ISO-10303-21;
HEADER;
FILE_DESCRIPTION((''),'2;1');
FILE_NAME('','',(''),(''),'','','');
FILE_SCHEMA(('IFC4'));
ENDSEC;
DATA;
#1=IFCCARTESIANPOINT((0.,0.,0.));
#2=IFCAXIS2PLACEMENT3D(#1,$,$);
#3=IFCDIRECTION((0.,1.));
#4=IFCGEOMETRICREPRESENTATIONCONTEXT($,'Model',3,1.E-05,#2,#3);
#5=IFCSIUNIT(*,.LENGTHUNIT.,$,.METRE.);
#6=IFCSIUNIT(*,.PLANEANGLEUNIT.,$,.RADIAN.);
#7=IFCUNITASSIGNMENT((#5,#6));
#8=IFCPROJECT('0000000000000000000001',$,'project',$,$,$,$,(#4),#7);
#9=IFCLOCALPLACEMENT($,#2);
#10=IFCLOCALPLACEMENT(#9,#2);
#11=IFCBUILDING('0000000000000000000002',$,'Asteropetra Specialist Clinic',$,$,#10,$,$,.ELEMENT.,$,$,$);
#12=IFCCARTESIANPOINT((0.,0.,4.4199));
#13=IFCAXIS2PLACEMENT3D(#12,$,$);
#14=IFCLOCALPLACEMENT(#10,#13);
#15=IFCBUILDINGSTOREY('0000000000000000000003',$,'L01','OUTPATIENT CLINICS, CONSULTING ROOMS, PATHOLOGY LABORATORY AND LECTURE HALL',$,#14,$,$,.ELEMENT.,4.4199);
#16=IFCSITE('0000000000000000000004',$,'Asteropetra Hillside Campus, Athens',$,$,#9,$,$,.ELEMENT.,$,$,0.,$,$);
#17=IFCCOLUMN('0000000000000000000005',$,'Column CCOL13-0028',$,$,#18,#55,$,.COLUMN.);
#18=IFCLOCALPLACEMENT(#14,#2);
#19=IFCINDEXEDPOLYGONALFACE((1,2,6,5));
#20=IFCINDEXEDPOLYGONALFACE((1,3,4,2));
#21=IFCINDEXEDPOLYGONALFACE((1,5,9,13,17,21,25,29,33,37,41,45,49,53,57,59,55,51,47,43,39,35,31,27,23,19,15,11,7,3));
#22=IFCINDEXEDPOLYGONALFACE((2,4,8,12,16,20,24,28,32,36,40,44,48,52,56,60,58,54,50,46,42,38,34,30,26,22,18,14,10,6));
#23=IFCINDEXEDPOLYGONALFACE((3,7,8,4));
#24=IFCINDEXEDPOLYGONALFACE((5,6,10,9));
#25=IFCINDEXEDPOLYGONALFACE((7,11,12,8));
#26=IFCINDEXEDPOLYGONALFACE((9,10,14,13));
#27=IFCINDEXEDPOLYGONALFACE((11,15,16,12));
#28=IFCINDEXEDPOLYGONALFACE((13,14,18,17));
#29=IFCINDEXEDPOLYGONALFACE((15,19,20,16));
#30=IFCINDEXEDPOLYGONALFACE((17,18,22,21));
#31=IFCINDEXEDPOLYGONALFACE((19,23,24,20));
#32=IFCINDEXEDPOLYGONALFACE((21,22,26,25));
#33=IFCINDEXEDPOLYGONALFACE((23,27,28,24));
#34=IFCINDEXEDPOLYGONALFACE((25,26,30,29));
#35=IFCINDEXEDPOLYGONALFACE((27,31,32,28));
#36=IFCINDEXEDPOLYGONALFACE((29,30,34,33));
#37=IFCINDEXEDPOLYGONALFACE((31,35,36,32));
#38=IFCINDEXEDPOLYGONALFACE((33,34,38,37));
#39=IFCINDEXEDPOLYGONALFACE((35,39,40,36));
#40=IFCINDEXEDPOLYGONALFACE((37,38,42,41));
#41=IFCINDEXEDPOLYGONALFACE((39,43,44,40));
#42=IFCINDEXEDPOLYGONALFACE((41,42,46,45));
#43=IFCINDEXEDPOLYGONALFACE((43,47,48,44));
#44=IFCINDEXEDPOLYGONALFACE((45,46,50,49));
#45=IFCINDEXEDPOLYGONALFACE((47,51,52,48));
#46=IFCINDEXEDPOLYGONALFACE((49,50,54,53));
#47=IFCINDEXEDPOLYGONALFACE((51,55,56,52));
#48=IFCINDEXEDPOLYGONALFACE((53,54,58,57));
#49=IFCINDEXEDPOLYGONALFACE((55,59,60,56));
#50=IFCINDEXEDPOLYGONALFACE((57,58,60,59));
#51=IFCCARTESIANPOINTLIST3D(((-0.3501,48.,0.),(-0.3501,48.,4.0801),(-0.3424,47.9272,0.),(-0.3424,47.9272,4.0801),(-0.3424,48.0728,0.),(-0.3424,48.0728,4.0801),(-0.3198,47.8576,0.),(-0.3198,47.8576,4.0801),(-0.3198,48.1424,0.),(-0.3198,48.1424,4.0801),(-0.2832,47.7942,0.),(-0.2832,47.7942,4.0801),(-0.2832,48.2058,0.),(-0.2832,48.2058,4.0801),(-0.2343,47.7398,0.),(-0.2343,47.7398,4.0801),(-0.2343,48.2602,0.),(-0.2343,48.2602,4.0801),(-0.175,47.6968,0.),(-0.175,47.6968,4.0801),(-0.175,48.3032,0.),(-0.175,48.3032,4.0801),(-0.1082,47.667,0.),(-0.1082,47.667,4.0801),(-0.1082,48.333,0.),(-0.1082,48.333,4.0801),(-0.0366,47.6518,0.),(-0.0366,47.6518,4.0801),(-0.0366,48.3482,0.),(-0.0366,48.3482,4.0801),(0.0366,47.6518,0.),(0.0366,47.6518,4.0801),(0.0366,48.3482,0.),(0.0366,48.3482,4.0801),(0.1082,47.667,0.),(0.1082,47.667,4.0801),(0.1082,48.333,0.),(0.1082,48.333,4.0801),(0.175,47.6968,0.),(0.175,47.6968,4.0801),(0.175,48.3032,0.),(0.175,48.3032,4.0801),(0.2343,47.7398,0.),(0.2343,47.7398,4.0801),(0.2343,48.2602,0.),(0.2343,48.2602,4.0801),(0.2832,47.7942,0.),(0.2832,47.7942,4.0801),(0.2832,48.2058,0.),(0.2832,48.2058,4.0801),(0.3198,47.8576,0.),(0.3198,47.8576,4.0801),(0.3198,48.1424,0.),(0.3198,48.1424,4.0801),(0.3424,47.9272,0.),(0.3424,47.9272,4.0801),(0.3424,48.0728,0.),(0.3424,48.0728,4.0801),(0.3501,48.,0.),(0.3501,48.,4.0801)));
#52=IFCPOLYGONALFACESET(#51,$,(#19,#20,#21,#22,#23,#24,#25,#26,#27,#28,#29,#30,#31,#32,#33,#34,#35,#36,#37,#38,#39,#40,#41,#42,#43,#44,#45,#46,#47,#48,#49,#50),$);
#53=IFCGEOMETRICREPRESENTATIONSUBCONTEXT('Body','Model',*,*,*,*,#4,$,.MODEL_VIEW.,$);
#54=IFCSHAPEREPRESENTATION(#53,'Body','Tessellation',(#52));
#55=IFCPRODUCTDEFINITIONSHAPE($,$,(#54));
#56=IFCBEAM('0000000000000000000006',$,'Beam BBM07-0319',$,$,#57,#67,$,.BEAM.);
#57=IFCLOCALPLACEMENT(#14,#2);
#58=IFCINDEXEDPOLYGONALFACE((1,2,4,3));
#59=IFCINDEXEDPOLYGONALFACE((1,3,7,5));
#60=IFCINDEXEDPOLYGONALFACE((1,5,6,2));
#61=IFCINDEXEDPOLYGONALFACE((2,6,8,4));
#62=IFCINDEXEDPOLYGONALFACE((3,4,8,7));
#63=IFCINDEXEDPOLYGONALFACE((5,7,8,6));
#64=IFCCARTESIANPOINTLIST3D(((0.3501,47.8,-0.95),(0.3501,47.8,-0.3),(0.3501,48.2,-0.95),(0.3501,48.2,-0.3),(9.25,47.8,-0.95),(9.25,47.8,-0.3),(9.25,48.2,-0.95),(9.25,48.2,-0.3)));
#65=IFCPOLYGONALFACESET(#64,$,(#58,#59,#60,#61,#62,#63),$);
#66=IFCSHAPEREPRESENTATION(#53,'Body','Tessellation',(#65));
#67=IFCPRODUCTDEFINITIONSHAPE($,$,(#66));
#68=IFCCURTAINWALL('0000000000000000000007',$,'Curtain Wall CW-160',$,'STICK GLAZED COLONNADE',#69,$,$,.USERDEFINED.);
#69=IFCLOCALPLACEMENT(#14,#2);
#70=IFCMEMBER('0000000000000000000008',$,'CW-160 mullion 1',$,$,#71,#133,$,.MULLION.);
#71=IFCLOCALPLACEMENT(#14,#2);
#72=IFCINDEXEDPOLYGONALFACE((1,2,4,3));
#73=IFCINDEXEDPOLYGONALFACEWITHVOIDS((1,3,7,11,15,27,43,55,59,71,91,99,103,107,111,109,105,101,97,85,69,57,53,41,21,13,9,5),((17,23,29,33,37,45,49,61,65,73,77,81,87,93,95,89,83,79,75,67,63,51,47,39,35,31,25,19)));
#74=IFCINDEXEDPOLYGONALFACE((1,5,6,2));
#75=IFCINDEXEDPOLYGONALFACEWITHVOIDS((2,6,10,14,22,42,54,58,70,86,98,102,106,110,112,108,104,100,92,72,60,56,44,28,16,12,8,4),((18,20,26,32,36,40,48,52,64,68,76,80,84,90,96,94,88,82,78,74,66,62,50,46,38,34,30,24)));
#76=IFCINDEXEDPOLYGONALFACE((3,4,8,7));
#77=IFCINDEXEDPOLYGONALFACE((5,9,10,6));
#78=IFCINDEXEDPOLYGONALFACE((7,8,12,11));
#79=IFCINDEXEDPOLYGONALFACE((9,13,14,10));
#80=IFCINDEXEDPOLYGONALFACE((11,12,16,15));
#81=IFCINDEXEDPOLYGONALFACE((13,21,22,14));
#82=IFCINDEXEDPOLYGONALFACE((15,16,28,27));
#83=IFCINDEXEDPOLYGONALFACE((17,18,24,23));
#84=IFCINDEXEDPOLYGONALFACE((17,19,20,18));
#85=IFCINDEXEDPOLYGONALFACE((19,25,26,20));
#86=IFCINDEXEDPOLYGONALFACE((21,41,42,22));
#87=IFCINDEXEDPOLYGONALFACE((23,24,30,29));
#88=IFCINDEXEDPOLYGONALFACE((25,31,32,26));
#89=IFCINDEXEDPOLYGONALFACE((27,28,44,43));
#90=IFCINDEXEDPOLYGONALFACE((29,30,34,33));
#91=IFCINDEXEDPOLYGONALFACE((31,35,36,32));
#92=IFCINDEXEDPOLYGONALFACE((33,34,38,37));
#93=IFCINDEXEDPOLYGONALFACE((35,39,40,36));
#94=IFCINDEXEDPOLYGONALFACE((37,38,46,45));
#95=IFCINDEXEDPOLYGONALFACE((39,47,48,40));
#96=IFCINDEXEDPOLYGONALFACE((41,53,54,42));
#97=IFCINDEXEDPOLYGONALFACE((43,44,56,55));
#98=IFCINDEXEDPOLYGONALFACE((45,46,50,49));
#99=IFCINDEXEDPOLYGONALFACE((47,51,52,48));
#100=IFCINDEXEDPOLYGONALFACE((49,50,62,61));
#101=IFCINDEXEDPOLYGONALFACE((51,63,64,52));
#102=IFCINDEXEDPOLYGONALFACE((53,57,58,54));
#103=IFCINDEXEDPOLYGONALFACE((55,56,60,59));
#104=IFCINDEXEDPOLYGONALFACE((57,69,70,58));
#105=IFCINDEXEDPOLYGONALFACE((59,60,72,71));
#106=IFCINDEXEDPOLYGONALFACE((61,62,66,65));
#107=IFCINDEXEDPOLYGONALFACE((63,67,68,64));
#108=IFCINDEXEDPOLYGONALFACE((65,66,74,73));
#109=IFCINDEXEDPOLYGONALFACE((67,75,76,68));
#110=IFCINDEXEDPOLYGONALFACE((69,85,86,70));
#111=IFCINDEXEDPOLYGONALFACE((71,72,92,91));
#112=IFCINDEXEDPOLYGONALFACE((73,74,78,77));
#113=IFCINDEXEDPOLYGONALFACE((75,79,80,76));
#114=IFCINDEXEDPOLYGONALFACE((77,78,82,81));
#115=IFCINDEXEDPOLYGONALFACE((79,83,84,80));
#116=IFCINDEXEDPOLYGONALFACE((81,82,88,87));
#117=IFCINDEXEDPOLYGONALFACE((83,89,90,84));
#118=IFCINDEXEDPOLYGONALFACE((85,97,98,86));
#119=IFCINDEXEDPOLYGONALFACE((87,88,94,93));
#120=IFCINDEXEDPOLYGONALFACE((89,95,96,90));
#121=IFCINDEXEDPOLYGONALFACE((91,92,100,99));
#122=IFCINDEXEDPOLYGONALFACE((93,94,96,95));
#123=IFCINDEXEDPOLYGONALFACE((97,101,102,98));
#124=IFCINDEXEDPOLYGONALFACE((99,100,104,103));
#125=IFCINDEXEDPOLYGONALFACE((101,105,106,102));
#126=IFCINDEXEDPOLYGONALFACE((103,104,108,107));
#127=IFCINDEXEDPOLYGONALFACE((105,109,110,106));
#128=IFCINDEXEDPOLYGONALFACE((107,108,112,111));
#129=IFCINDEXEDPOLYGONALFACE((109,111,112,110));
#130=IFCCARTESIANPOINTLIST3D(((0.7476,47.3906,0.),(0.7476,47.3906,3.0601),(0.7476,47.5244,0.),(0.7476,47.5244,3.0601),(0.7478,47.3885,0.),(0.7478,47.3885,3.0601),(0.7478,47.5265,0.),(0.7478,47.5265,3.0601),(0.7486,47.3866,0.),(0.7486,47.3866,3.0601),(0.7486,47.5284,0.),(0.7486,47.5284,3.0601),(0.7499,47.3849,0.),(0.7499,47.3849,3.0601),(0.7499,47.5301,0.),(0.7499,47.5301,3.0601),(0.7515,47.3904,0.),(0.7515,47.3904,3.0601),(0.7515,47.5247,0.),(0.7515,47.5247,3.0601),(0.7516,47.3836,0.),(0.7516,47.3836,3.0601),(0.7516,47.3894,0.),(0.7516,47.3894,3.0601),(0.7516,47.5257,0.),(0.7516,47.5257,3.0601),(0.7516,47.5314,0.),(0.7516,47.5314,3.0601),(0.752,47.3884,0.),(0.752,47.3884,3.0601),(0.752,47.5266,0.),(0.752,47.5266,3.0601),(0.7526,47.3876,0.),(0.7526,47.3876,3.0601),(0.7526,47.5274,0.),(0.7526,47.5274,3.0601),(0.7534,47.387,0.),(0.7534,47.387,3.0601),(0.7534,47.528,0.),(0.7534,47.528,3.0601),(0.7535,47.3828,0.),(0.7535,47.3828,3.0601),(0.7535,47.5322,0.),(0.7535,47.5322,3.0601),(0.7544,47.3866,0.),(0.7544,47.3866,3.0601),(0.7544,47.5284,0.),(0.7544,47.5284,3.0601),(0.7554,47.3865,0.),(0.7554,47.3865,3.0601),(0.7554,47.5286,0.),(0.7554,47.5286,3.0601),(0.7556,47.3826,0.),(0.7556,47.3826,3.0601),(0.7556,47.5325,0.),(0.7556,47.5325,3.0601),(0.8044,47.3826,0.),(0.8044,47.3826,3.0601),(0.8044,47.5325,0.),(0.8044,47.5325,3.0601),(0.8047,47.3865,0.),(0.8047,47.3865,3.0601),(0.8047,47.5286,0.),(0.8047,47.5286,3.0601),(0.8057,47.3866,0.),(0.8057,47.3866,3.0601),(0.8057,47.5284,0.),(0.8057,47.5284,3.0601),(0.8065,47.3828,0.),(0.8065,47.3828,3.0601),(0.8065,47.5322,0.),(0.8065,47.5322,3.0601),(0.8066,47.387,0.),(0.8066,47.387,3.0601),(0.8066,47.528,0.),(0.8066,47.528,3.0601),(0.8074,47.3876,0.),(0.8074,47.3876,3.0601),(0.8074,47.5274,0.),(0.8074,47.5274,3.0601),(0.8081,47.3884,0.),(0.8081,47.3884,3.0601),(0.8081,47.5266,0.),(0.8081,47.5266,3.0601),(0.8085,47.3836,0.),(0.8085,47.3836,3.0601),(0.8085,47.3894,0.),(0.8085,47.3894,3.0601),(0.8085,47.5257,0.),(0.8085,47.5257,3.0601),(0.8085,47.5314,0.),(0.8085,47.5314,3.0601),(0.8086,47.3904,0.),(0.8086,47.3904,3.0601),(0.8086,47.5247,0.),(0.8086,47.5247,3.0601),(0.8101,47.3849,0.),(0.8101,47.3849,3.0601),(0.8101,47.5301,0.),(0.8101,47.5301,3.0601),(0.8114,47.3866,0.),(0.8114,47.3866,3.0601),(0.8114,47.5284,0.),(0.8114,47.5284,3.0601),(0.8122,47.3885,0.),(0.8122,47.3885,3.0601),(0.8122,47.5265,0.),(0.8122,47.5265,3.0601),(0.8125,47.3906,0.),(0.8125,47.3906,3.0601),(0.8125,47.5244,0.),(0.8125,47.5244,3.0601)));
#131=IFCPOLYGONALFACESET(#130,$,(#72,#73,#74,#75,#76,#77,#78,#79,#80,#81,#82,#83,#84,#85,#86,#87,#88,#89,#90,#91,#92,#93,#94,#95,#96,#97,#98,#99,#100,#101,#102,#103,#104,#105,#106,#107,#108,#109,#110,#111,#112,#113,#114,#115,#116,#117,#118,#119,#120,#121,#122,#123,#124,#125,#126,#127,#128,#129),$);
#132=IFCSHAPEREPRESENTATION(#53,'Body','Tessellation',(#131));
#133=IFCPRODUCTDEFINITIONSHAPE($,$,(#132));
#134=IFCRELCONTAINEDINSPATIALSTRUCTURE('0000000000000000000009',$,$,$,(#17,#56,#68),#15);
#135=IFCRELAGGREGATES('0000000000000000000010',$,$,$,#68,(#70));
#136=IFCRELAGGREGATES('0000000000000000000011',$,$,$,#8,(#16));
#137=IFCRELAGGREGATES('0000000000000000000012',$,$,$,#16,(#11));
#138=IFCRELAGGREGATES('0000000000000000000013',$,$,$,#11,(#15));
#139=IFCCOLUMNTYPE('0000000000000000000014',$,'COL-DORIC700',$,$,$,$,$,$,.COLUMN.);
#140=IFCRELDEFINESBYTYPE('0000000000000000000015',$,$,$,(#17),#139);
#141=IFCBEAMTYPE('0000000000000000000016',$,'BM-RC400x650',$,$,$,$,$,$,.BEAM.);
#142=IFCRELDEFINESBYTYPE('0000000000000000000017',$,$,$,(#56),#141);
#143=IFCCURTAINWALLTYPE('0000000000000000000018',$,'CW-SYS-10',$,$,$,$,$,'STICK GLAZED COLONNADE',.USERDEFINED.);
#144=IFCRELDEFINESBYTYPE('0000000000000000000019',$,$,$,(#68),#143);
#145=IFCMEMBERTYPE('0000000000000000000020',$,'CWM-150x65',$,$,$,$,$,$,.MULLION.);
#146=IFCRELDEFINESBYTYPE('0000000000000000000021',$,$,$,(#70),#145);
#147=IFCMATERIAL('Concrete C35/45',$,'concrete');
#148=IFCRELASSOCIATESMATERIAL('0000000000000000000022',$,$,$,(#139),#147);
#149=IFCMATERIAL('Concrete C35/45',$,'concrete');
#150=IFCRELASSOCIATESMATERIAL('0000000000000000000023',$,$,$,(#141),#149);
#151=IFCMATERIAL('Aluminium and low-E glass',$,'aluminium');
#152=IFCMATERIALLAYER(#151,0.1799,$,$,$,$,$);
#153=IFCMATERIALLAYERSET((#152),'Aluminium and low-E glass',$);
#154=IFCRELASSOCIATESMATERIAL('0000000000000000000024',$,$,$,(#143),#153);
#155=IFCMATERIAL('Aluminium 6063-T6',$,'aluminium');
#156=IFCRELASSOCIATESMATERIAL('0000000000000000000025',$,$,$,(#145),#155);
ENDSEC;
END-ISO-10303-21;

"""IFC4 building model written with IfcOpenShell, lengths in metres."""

from ifc_helpers import new_model, si_unit, direction, frame, origin, origin_2d, place, context, subcontext, project, spatial, rectangle, hollow_rectangle, circle, extrude, material, layer, layer_set, material_profile, profile_set, type_object, element, aggregate, save


model = new_model("IFC4")

# Units and contexts
model_context = context("Model", 3, precision=1e-05, world=origin(), true_north=direction((0.0, 1.0)))
body_context = subcontext(model_context, "Body", "Model", "MODEL_VIEW")
ifc_project = project(units=[si_unit("LENGTHUNIT", "METRE"), si_unit("PLANEANGLEUNIT", "RADIAN")], contexts=[model_context])

# Site, building, storey
site_placement = place(None, origin())
site = spatial("IfcSite", under=ifc_project, at=site_placement, Name="Asteropetra Hillside Campus, Athens", CompositionType="ELEMENT", RefElevation=0.0)
building_placement = place(site_placement, origin())
building = spatial("IfcBuilding", under=site, at=building_placement, Name="Asteropetra Specialist Clinic", CompositionType="ELEMENT")
storey_placement = place(building_placement, frame((0.0, 0.0, 4.4199)))
storey = spatial("IfcBuildingStorey", under=building, at=storey_placement, Name="L01", Description="OUTPATIENT CLINICS, CONSULTING ROOMS, PATHOLOGY LABORATORY AND LECTURE HALL", CompositionType="ELEMENT", Elevation=4.4199)

# Column
ifc_material_1 = material(Name="Concrete C35/45", Category="concrete")
ifc_material_profile_1 = material_profile(ifc_material_1, circle(Radius=0.3501, at=origin_2d()), Name="RCC D700")
ifc_profile_set_1 = profile_set([ifc_material_profile_1], Name="Concrete C35/45")
column_type = type_object("IfcColumnType", Name="COL-DORIC700", PredefinedType="COLUMN", material=ifc_profile_set_1)
column_placement = place(storey_placement, frame((0.0, 48.0, 0.0), z_axis=(0.0, 0.0, 1.0), x_axis=(1.0, 0.0, 0.0)))
element("IfcColumn", 1, at=column_placement, inside=storey, type_object=column_type, Name="Column CCOL13-0028", PredefinedType="COLUMN", context=body_context, shape_type="SweptSolid", body=[
    extrude(circle(Radius=0.3501, at=origin_2d()), origin(), (0.0, 0.0, 1.0), 4.0801),
])

# Beam
ifc_material_2 = material(Name="Concrete C35/45", Category="concrete")
ifc_material_profile_2 = material_profile(ifc_material_2, rectangle(XDim=0.3999, YDim=0.6499, at=origin_2d()), Name="RCB 400x650")
ifc_profile_set_2 = profile_set([ifc_material_profile_2], Name="Concrete C35/45")
beam_type_1 = type_object("IfcBeamType", Name="BM-RC400x650", PredefinedType="BEAM", material=ifc_profile_set_2)
beam_1_placement = place(storey_placement, frame((0.3501, 48.0, -0.625), z_axis=(1.0, 0.0, 0.0), x_axis=(0.0, 1.0, 0.0)))
element("IfcBeam", 2, at=beam_1_placement, inside=storey, type_object=beam_type_1, Name="Beam BBM07-0319", PredefinedType="BEAM", context=body_context, shape_type="SweptSolid", body=[
    extrude(rectangle(XDim=0.3999, YDim=0.6499, at=origin_2d()), origin(), (0.0, 0.0, 1.0), 8.8999),
])

# Curtain wall, member
ifc_material_3 = material(Name="Aluminium and low-E glass", Category="aluminium")
ifc_layer_1 = layer(ifc_material_3, 0.1799)
ifc_layer_set_1 = layer_set([ifc_layer_1], Name="Aluminium and low-E glass")
curtain_wall_type = type_object("IfcCurtainWallType", Name="CW-SYS-10", ElementType="STICK GLAZED COLONNADE", PredefinedType="USERDEFINED", material=ifc_layer_set_1)
curtain_wall_1_placement = place(storey_placement, origin())
curtain_wall_1 = element("IfcCurtainWall", 3, at=curtain_wall_1_placement, inside=storey, type_object=curtain_wall_type, Name="Curtain Wall CW-160", ObjectType="STICK GLAZED COLONNADE", PredefinedType="USERDEFINED")
ifc_material_4 = material(Name="Aluminium 6063-T6", Category="aluminium")
ifc_material_profile_3 = material_profile(ifc_material_4, hollow_rectangle(XDim=0.0649, YDim=0.1499, WallThickness=0.0039, InnerFilletRadius=0.0039, OuterFilletRadius=0.0081, at=origin_2d()), Name="MUL 150x65x4.0")
ifc_profile_set_3 = profile_set([ifc_material_profile_3], Name="Aluminium 6063-T6")
member_type_1 = type_object("IfcMemberType", Name="CWM-150x65", PredefinedType="MULLION", material=ifc_profile_set_3)
member_1_placement = place(storey_placement, frame((0.78, 47.4575, 0.0), z_axis=(0.0, 0.0, 1.0), x_axis=(1.0, 0.0, 0.0)))
member_1 = element("IfcMember", 4, at=member_1_placement, type_object=member_type_1, Name="CW-160 mullion 1", PredefinedType="MULLION", context=body_context, shape_type="SweptSolid", body=[
    extrude(hollow_rectangle(XDim=0.0649, YDim=0.1499, WallThickness=0.0039, InnerFilletRadius=0.0039, OuterFilletRadius=0.0081, at=origin_2d()), origin(), (0.0, 0.0, 1.0), 3.0601),
])

aggregate(curtain_wall_1, [member_1])

save(model, "model.ifc")
